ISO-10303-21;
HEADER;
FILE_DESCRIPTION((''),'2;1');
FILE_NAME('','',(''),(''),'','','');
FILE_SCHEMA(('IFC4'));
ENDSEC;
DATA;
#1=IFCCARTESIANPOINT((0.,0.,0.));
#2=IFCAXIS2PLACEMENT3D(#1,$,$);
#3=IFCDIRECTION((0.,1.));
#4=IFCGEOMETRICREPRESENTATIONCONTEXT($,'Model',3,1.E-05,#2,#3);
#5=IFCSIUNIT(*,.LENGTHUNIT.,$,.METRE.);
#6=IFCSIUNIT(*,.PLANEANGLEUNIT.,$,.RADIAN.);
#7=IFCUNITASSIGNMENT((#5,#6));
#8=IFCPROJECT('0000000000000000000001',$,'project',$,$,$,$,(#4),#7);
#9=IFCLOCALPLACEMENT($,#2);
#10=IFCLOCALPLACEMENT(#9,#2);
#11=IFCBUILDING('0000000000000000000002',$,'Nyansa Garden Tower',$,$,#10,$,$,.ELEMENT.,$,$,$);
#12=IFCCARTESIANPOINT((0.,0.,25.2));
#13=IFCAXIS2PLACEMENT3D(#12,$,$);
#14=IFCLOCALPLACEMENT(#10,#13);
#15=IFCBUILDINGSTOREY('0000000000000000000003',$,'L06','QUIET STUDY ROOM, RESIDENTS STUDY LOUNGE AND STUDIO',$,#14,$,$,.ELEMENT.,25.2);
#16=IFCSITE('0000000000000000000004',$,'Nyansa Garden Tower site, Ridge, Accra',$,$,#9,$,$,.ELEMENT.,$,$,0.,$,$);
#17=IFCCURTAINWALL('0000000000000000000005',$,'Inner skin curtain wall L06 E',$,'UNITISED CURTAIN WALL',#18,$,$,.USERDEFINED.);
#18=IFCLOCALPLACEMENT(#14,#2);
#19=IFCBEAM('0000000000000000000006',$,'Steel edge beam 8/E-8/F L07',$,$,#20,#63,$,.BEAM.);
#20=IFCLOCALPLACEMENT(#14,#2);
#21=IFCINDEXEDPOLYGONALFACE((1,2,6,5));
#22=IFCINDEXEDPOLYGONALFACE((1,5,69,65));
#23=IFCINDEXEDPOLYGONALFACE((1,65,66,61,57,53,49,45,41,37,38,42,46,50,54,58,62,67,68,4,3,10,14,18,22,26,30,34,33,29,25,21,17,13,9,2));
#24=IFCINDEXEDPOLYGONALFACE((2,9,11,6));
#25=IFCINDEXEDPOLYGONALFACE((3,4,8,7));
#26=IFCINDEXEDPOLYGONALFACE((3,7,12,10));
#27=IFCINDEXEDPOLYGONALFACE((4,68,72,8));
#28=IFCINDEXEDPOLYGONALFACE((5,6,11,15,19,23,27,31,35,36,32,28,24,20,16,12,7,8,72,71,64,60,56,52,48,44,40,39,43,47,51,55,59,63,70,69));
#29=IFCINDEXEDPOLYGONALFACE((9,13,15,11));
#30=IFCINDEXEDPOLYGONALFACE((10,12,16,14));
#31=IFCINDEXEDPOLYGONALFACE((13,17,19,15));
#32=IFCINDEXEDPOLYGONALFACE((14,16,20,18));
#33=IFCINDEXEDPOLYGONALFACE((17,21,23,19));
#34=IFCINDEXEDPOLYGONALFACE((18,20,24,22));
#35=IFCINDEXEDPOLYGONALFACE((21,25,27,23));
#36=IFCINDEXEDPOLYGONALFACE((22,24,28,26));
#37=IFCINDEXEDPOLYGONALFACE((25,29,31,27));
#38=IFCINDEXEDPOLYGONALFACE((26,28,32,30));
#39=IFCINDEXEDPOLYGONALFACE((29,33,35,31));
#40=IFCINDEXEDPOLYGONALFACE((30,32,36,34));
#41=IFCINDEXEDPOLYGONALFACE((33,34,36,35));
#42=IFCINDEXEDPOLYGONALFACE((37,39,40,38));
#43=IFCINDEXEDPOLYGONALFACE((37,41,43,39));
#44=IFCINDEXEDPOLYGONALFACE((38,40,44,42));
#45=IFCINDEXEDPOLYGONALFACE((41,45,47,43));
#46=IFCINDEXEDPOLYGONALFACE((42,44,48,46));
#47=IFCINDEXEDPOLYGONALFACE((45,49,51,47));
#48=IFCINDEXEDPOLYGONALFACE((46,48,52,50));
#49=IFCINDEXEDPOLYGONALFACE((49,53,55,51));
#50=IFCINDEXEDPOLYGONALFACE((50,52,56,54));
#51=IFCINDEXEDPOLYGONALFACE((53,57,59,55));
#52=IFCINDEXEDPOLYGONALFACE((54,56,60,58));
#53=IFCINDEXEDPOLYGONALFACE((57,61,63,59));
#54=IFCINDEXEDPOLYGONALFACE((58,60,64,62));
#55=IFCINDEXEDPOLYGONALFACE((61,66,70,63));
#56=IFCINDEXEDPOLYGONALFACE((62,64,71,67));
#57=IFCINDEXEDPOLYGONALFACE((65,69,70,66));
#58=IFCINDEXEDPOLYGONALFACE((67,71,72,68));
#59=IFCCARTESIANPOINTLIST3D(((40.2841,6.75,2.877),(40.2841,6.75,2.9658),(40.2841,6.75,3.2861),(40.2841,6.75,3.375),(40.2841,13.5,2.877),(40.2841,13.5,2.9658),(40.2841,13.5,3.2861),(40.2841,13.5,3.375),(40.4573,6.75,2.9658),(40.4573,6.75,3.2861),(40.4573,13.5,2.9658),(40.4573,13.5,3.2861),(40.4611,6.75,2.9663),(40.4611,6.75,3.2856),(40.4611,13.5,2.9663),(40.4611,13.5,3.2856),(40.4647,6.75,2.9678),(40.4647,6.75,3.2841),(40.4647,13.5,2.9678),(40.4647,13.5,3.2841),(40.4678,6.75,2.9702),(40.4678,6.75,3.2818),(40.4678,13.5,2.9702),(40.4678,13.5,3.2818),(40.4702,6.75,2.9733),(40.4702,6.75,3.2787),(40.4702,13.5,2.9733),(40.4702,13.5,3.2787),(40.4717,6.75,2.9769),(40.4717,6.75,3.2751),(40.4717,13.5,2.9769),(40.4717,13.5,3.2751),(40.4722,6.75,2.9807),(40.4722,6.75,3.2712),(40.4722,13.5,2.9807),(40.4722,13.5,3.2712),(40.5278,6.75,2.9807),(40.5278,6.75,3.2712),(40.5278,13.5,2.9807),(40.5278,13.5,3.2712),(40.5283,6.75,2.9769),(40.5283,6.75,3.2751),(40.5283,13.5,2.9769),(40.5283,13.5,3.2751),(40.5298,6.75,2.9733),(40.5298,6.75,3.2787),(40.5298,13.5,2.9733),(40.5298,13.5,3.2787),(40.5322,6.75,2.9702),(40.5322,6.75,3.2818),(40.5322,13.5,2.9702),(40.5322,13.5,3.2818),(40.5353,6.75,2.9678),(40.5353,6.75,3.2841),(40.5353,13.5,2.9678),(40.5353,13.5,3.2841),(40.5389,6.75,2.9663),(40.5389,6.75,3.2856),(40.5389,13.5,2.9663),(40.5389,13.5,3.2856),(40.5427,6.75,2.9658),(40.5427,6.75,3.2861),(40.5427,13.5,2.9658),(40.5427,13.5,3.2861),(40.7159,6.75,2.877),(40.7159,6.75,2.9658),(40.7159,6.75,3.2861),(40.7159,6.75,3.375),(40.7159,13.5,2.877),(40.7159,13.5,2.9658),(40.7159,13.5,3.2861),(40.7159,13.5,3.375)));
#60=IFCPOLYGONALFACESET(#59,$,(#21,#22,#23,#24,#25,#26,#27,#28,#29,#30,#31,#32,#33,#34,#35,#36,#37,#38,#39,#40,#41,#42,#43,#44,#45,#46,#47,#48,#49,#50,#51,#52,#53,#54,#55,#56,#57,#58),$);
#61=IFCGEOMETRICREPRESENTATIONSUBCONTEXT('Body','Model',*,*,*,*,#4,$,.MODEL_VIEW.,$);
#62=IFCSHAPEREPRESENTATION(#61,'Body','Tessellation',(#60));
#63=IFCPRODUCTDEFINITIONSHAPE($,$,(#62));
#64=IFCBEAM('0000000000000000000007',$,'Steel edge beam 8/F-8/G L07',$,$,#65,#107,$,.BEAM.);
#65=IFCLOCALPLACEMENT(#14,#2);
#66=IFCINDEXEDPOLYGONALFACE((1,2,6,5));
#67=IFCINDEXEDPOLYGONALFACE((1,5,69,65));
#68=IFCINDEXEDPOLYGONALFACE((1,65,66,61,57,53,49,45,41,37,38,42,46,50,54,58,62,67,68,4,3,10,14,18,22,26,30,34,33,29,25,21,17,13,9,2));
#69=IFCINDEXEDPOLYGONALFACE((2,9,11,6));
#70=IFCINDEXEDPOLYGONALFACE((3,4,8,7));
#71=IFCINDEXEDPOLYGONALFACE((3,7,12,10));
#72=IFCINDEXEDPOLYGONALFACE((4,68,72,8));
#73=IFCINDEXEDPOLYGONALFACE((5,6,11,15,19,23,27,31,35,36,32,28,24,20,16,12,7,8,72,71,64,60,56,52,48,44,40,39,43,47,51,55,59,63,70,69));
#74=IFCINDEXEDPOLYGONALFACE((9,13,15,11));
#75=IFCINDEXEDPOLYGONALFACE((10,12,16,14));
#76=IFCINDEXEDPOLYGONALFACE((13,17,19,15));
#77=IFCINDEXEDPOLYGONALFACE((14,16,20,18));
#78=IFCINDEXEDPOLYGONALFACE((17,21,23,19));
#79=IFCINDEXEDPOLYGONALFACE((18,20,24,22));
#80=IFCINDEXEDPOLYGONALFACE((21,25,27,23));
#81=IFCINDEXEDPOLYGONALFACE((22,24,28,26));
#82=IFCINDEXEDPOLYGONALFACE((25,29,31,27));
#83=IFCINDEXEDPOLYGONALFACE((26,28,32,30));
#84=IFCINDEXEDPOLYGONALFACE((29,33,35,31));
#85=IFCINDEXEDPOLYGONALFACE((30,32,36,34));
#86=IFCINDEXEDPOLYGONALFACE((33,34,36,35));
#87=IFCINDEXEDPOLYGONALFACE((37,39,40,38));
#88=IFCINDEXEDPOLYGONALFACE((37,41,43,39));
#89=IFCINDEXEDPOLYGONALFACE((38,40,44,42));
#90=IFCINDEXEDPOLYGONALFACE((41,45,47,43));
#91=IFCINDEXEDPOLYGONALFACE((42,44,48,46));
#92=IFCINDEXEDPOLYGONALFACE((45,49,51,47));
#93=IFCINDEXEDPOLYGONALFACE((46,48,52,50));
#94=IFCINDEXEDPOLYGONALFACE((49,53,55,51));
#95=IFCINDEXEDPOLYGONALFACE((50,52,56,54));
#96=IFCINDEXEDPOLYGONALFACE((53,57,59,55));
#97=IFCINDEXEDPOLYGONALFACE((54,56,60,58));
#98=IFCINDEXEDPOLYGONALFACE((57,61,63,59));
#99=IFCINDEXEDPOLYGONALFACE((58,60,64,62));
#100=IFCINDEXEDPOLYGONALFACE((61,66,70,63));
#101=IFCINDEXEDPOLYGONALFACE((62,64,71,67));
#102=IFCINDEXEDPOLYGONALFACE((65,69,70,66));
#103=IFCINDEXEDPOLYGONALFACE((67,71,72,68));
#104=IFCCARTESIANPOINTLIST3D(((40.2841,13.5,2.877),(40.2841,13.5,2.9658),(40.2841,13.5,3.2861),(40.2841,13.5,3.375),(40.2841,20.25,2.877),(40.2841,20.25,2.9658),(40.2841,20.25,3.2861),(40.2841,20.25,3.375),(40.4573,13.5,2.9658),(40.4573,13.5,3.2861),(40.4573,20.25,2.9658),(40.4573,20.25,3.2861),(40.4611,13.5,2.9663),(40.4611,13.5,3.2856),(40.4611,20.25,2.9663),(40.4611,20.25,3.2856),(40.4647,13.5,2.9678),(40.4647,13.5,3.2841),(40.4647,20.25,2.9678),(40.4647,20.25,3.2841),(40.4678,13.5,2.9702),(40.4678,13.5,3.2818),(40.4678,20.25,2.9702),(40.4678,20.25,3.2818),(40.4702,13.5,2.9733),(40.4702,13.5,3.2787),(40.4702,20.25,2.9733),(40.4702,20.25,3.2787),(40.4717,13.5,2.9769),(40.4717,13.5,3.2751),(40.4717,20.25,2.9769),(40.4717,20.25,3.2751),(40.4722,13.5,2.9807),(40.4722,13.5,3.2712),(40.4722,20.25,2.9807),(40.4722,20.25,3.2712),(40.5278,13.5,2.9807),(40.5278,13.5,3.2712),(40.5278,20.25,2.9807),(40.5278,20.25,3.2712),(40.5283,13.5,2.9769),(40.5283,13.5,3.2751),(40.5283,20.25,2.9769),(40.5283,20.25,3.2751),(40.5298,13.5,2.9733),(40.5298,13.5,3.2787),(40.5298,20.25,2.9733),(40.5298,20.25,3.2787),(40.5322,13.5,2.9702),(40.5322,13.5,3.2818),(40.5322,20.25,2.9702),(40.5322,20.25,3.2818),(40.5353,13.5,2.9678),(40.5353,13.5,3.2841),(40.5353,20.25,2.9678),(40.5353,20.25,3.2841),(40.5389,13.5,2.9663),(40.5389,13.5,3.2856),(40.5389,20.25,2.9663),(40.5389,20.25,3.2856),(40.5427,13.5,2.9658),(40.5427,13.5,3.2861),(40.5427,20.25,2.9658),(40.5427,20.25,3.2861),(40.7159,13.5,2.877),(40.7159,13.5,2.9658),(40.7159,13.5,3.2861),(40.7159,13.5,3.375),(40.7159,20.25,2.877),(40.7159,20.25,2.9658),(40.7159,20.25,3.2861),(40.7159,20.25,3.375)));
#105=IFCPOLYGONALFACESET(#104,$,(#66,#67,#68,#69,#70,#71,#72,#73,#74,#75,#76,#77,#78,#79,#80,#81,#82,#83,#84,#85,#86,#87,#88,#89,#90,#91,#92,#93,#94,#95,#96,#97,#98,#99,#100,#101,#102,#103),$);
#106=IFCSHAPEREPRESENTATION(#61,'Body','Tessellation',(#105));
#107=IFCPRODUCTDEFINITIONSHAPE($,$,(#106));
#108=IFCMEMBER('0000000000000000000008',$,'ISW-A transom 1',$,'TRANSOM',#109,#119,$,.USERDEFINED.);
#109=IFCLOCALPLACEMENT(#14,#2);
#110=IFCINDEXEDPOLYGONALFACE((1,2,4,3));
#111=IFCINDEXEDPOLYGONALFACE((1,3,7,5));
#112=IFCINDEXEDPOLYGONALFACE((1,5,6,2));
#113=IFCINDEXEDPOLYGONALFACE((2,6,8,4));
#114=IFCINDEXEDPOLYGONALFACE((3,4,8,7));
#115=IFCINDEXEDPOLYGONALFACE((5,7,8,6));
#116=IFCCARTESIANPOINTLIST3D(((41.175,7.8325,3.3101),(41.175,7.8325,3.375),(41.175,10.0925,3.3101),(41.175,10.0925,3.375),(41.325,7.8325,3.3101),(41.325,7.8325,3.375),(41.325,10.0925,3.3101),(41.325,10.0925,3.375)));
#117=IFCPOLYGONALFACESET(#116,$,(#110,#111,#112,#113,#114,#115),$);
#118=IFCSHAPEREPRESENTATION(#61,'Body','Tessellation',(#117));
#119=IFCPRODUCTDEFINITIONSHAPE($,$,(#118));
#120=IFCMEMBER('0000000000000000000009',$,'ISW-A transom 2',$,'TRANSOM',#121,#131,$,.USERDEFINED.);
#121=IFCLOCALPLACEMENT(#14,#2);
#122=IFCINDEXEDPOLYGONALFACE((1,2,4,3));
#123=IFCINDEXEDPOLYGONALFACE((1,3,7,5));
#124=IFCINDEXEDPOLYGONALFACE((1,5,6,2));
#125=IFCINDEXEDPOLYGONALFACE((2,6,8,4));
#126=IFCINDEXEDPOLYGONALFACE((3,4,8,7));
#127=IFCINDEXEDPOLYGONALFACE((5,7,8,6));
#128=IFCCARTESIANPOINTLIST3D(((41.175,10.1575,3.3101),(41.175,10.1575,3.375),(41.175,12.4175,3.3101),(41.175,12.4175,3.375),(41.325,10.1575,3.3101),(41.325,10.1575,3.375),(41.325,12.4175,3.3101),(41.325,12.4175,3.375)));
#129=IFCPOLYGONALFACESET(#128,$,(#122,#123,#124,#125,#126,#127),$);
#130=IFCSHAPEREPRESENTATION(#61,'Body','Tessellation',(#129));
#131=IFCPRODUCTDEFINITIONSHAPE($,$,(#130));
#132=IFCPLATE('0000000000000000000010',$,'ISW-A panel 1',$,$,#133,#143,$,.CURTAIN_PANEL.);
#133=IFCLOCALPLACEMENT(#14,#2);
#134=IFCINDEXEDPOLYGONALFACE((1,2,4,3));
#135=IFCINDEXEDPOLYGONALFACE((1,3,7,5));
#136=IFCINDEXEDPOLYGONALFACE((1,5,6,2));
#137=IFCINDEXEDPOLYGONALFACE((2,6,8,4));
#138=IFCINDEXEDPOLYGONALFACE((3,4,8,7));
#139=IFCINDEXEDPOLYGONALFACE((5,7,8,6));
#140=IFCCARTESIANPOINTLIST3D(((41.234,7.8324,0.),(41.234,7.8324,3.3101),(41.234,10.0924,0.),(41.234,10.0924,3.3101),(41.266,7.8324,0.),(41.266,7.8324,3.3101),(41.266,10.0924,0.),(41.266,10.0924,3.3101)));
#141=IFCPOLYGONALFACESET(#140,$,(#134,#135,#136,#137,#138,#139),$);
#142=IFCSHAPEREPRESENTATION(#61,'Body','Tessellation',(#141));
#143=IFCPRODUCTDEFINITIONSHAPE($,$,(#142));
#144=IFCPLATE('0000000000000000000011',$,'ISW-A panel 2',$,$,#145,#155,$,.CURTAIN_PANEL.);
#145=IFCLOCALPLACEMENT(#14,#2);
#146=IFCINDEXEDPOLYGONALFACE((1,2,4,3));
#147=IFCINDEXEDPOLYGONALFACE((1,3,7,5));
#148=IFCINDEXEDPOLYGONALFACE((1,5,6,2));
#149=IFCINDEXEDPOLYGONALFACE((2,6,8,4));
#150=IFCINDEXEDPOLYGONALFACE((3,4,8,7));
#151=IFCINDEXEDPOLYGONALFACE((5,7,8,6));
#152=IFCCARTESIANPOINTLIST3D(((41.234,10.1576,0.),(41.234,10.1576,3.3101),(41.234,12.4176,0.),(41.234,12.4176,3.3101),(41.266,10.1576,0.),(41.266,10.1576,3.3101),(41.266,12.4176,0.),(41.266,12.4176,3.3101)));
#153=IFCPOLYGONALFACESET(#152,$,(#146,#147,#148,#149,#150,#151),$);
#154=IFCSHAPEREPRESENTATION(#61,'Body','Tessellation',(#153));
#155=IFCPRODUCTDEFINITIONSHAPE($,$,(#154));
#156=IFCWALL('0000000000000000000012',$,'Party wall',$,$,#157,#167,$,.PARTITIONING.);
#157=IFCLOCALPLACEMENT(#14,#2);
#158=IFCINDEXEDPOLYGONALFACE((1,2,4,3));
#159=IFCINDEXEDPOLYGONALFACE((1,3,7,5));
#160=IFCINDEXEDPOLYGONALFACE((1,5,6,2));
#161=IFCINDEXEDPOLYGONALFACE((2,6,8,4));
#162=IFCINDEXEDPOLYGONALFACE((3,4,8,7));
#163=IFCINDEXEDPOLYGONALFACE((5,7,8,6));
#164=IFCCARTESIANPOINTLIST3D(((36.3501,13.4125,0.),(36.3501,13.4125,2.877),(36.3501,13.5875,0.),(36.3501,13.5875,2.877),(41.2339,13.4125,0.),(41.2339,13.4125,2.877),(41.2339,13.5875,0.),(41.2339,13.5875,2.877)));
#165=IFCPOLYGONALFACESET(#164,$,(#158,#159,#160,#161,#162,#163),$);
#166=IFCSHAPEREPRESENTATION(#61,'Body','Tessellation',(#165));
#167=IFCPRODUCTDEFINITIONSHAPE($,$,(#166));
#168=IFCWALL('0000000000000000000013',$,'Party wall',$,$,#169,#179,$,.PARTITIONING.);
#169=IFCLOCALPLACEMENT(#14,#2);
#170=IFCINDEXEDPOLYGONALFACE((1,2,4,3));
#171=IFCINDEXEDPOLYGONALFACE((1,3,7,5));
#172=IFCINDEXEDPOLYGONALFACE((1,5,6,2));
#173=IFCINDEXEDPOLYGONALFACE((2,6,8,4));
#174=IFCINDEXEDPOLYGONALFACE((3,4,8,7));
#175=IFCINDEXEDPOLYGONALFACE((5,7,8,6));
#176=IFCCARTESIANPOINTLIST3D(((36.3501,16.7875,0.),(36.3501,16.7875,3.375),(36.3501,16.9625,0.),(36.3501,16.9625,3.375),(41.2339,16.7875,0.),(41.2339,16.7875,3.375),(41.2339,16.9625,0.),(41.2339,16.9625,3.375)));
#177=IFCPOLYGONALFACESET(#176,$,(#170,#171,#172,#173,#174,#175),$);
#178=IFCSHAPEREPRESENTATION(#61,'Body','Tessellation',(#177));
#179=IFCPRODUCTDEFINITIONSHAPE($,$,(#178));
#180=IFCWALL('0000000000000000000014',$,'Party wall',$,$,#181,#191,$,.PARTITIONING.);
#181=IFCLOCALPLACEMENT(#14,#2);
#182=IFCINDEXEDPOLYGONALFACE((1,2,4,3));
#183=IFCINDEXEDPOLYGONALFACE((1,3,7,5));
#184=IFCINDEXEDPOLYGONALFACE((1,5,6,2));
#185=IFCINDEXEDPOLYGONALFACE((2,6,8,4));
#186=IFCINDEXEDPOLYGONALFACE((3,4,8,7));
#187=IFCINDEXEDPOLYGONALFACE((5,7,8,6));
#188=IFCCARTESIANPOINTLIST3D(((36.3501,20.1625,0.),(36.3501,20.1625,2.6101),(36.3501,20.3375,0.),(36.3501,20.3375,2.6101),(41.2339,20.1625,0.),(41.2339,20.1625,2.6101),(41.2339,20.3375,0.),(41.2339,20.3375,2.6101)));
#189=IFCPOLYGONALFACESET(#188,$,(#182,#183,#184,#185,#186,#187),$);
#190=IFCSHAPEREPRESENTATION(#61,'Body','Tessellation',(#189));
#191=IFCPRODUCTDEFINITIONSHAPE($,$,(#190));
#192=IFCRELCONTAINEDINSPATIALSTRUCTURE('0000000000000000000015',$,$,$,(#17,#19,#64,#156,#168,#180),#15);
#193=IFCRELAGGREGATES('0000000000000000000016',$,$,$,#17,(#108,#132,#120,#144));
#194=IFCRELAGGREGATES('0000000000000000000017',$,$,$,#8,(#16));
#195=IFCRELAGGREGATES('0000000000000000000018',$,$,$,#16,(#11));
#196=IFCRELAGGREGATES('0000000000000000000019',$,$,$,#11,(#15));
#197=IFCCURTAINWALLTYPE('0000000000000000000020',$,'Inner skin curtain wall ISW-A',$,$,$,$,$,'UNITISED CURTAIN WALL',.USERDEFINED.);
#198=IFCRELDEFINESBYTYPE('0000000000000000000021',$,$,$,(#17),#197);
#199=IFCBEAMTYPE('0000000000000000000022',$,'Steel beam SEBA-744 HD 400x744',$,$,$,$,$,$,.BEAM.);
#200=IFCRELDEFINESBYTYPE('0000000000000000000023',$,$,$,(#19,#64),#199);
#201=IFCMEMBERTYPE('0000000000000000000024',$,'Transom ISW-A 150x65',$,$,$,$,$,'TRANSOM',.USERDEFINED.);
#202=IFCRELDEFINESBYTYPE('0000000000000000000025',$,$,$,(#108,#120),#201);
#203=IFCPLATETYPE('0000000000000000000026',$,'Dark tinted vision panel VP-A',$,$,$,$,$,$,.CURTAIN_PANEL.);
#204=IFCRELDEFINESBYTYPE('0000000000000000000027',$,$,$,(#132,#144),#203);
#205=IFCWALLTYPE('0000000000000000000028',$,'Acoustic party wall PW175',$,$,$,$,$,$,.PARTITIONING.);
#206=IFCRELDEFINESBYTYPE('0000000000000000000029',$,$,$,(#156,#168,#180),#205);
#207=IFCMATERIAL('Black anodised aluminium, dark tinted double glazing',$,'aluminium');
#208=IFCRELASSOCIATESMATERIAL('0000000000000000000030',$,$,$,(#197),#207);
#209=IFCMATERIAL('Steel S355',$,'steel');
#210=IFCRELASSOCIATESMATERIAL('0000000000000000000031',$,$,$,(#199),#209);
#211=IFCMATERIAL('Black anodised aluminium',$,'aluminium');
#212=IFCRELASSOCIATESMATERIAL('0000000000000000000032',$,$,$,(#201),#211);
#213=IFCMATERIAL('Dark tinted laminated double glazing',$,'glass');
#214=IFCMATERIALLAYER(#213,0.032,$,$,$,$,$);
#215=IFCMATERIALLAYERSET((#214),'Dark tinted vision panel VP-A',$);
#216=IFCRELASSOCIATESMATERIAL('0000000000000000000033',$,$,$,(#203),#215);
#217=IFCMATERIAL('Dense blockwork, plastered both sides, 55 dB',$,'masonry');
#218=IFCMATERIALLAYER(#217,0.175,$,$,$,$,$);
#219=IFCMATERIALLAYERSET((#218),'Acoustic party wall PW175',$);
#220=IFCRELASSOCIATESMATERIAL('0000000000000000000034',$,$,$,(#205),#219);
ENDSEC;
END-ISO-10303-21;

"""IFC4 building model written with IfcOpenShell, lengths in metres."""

from ifc_helpers import new_model, si_unit, direction, frame, frame_2d, origin, origin_2d, place, context, subcontext, project, spatial, rectangle, i_section, extrude, material, layer, layer_set, material_profile, profile_set, type_object, element, aggregate, save


model = new_model("IFC4")

# Units and contexts
model_context = context("Model", 3, precision=1e-05, world=origin(), true_north=direction((0.0, 1.0)))
body_context = subcontext(model_context, "Body", "Model", "MODEL_VIEW")
ifc_project = project(units=[si_unit("LENGTHUNIT", "METRE"), si_unit("PLANEANGLEUNIT", "RADIAN")], contexts=[model_context])

# Site, building, storey
site_placement = place(None, origin())
site = spatial("IfcSite", under=ifc_project, at=site_placement, Name="Nyansa Garden Tower site, Ridge, Accra", CompositionType="ELEMENT", RefElevation=0.0)
building_placement = place(site_placement, origin())
building = spatial("IfcBuilding", under=site, at=building_placement, Name="Nyansa Garden Tower", CompositionType="ELEMENT")
storey_placement = place(building_placement, frame((0.0, 0.0, 25.2)))
storey = spatial("IfcBuildingStorey", under=building, at=storey_placement, Name="L06", Description="QUIET STUDY ROOM, RESIDENTS STUDY LOUNGE AND STUDIO", CompositionType="ELEMENT", Elevation=25.2)

# Curtain wall
ifc_material_1 = material(Name="Black anodised aluminium, dark tinted double glazing", Category="aluminium")
curtain_wall_type = type_object("IfcCurtainWallType", Name="Inner skin curtain wall ISW-A", ElementType="UNITISED CURTAIN WALL", PredefinedType="USERDEFINED", material=ifc_material_1)
curtain_wall_placement = place(storey_placement, origin())
curtain_wall = element("IfcCurtainWall", 1, at=curtain_wall_placement, inside=storey, type_object=curtain_wall_type, Name="Inner skin curtain wall L06 E", ObjectType="UNITISED CURTAIN WALL", PredefinedType="USERDEFINED")

# Beams
ifc_material_2 = material(Name="Steel S355", Category="steel")
ifc_material_profile_1 = material_profile(ifc_material_2, i_section(OverallWidth=0.4319, OverallDepth=0.498, WebThickness=0.0557, FlangeThickness=0.0889, FilletRadius=0.0149, at=origin_2d()), Name="HD 400x744")
ifc_profile_set_1 = profile_set([ifc_material_profile_1], Name="Steel S355")
beam_type_1 = type_object("IfcBeamType", Name="Steel beam SEBA-744 HD 400x744", PredefinedType="BEAM", material=ifc_profile_set_1)
for number, where, z_axis, x_axis, name in (
    (2, (40.5, 6.75, 3.126), (0.0, 1.0, 0.0), (-1.0, 0.0, 0.0), "Steel edge beam 8/E-8/F L07"),
    (3, (40.5, 13.5, 3.126), (0.0, 1.0, 0.0), (-1.0, 0.0, 0.0), "Steel edge beam 8/F-8/G L07"),
):
    element("IfcBeam", number, at=place(storey_placement, frame(where, z_axis=z_axis, x_axis=x_axis)), inside=storey, type_object=beam_type_1, Name=name, PredefinedType="BEAM", context=body_context, shape_type="SweptSolid", body=[
        extrude(i_section(OverallWidth=0.4319, OverallDepth=0.498, WebThickness=0.0557, FlangeThickness=0.0889, FilletRadius=0.0149, at=origin_2d()), origin(), (0.0, 0.0, 1.0), 6.75),
    ])

# Members
ifc_material_3 = material(Name="Black anodised aluminium", Category="aluminium")
ifc_material_profile_2 = material_profile(ifc_material_3, rectangle(XDim=0.1499, YDim=0.0649, at=origin_2d()), Name="Transom 150x65")
ifc_profile_set_2 = profile_set([ifc_material_profile_2], Name="Black anodised aluminium")
member_type_1 = type_object("IfcMemberType", Name="Transom ISW-A 150x65", ElementType="TRANSOM", PredefinedType="USERDEFINED", material=ifc_profile_set_2)
member_1_placement = place(storey_placement, frame((41.25, 7.8325, 3.3425), z_axis=(0.0, 1.0, 0.0), x_axis=(-1.0, 0.0, 0.0)))
member_1 = element("IfcMember", 4, at=member_1_placement, type_object=member_type_1, Name="ISW-A transom 1", ObjectType="TRANSOM", PredefinedType="USERDEFINED", context=body_context, shape_type="SweptSolid", body=[
    extrude(rectangle(XDim=0.1499, YDim=0.0649, at=origin_2d()), origin(), (0.0, 0.0, 1.0), 2.26),
])
member_2_placement = place(storey_placement, frame((41.25, 10.1575, 3.3425), z_axis=(0.0, 1.0, 0.0), x_axis=(-1.0, 0.0, 0.0)))
member_2 = element("IfcMember", 5, at=member_2_placement, type_object=member_type_1, Name="ISW-A transom 2", ObjectType="TRANSOM", PredefinedType="USERDEFINED", context=body_context, shape_type="SweptSolid", body=[
    extrude(rectangle(XDim=0.1499, YDim=0.0649, at=origin_2d()), origin(), (0.0, 0.0, 1.0), 2.26),
])

# Plates
ifc_material_4 = material(Name="Dark tinted laminated double glazing", Category="glass")
ifc_layer_1 = layer(ifc_material_4, 0.032)
ifc_layer_set_1 = layer_set([ifc_layer_1], Name="Dark tinted vision panel VP-A")
plate_type = type_object("IfcPlateType", Name="Dark tinted vision panel VP-A", PredefinedType="CURTAIN_PANEL", material=ifc_layer_set_1)
plate_1_placement = place(storey_placement, frame((41.25, 8.9624, 0.0), z_axis=(0.0, 0.0, 1.0), x_axis=(0.0, 1.0, 0.0)))
plate_1 = element("IfcPlate", 6, at=plate_1_placement, type_object=plate_type, Name="ISW-A panel 1", PredefinedType="CURTAIN_PANEL", context=body_context, shape_type="SweptSolid", body=[
    extrude(rectangle(XDim=2.26, YDim=0.032, at=origin_2d()), origin(), (0.0, 0.0, 1.0), 3.3101),
])
plate_2_placement = place(storey_placement, frame((41.25, 11.2876, 0.0), z_axis=(0.0, 0.0, 1.0), x_axis=(0.0, 1.0, 0.0)))
plate_2 = element("IfcPlate", 7, at=plate_2_placement, type_object=plate_type, Name="ISW-A panel 2", PredefinedType="CURTAIN_PANEL", context=body_context, shape_type="SweptSolid", body=[
    extrude(rectangle(XDim=2.26, YDim=0.032, at=origin_2d()), origin(), (0.0, 0.0, 1.0), 3.3101),
])
aggregate(curtain_wall, [member_1, plate_1, member_2, plate_2])

# Walls
ifc_material_5 = material(Name="Dense blockwork, plastered both sides, 55 dB", Category="masonry")
ifc_layer_2 = layer(ifc_material_5, 0.175)
ifc_layer_set_2 = layer_set([ifc_layer_2], Name="Acoustic party wall PW175")
wall_type_1 = type_object("IfcWallType", Name="Acoustic party wall PW175", PredefinedType="PARTITIONING", material=ifc_layer_set_2)
wall_1_placement = place(storey_placement, frame((36.3501, 13.5, 0.0), z_axis=(0.0, 0.0, 1.0), x_axis=(1.0, 0.0, 0.0)))
element("IfcWall", 8, at=wall_1_placement, inside=storey, type_object=wall_type_1, Name="Party wall", PredefinedType="PARTITIONING", context=body_context, shape_type="SweptSolid", body=[
    extrude(rectangle(XDim=4.8838, YDim=0.175, at=frame_2d((2.4419, 0.0))), origin(), (0.0, 0.0, 1.0), 2.877),
])
wall_2_placement = place(storey_placement, frame((36.3501, 16.875, 0.0), z_axis=(0.0, 0.0, 1.0), x_axis=(1.0, 0.0, 0.0)))
element("IfcWall", 9, at=wall_2_placement, inside=storey, type_object=wall_type_1, Name="Party wall", PredefinedType="PARTITIONING", context=body_context, shape_type="SweptSolid", body=[
    extrude(rectangle(XDim=4.8838, YDim=0.175, at=frame_2d((2.4419, 0.0))), origin(), (0.0, 0.0, 1.0), 3.375),
])
wall_3_placement = place(storey_placement, frame((36.3501, 20.25, 0.0), z_axis=(0.0, 0.0, 1.0), x_axis=(1.0, 0.0, 0.0)))
element("IfcWall", 10, at=wall_3_placement, inside=storey, type_object=wall_type_1, Name="Party wall", PredefinedType="PARTITIONING", context=body_context, shape_type="SweptSolid", body=[
    extrude(rectangle(XDim=4.8838, YDim=0.175, at=frame_2d((2.4419, 0.0))), origin(), (0.0, 0.0, 1.0), 2.6101),
])

save(model, "model.ifc")
